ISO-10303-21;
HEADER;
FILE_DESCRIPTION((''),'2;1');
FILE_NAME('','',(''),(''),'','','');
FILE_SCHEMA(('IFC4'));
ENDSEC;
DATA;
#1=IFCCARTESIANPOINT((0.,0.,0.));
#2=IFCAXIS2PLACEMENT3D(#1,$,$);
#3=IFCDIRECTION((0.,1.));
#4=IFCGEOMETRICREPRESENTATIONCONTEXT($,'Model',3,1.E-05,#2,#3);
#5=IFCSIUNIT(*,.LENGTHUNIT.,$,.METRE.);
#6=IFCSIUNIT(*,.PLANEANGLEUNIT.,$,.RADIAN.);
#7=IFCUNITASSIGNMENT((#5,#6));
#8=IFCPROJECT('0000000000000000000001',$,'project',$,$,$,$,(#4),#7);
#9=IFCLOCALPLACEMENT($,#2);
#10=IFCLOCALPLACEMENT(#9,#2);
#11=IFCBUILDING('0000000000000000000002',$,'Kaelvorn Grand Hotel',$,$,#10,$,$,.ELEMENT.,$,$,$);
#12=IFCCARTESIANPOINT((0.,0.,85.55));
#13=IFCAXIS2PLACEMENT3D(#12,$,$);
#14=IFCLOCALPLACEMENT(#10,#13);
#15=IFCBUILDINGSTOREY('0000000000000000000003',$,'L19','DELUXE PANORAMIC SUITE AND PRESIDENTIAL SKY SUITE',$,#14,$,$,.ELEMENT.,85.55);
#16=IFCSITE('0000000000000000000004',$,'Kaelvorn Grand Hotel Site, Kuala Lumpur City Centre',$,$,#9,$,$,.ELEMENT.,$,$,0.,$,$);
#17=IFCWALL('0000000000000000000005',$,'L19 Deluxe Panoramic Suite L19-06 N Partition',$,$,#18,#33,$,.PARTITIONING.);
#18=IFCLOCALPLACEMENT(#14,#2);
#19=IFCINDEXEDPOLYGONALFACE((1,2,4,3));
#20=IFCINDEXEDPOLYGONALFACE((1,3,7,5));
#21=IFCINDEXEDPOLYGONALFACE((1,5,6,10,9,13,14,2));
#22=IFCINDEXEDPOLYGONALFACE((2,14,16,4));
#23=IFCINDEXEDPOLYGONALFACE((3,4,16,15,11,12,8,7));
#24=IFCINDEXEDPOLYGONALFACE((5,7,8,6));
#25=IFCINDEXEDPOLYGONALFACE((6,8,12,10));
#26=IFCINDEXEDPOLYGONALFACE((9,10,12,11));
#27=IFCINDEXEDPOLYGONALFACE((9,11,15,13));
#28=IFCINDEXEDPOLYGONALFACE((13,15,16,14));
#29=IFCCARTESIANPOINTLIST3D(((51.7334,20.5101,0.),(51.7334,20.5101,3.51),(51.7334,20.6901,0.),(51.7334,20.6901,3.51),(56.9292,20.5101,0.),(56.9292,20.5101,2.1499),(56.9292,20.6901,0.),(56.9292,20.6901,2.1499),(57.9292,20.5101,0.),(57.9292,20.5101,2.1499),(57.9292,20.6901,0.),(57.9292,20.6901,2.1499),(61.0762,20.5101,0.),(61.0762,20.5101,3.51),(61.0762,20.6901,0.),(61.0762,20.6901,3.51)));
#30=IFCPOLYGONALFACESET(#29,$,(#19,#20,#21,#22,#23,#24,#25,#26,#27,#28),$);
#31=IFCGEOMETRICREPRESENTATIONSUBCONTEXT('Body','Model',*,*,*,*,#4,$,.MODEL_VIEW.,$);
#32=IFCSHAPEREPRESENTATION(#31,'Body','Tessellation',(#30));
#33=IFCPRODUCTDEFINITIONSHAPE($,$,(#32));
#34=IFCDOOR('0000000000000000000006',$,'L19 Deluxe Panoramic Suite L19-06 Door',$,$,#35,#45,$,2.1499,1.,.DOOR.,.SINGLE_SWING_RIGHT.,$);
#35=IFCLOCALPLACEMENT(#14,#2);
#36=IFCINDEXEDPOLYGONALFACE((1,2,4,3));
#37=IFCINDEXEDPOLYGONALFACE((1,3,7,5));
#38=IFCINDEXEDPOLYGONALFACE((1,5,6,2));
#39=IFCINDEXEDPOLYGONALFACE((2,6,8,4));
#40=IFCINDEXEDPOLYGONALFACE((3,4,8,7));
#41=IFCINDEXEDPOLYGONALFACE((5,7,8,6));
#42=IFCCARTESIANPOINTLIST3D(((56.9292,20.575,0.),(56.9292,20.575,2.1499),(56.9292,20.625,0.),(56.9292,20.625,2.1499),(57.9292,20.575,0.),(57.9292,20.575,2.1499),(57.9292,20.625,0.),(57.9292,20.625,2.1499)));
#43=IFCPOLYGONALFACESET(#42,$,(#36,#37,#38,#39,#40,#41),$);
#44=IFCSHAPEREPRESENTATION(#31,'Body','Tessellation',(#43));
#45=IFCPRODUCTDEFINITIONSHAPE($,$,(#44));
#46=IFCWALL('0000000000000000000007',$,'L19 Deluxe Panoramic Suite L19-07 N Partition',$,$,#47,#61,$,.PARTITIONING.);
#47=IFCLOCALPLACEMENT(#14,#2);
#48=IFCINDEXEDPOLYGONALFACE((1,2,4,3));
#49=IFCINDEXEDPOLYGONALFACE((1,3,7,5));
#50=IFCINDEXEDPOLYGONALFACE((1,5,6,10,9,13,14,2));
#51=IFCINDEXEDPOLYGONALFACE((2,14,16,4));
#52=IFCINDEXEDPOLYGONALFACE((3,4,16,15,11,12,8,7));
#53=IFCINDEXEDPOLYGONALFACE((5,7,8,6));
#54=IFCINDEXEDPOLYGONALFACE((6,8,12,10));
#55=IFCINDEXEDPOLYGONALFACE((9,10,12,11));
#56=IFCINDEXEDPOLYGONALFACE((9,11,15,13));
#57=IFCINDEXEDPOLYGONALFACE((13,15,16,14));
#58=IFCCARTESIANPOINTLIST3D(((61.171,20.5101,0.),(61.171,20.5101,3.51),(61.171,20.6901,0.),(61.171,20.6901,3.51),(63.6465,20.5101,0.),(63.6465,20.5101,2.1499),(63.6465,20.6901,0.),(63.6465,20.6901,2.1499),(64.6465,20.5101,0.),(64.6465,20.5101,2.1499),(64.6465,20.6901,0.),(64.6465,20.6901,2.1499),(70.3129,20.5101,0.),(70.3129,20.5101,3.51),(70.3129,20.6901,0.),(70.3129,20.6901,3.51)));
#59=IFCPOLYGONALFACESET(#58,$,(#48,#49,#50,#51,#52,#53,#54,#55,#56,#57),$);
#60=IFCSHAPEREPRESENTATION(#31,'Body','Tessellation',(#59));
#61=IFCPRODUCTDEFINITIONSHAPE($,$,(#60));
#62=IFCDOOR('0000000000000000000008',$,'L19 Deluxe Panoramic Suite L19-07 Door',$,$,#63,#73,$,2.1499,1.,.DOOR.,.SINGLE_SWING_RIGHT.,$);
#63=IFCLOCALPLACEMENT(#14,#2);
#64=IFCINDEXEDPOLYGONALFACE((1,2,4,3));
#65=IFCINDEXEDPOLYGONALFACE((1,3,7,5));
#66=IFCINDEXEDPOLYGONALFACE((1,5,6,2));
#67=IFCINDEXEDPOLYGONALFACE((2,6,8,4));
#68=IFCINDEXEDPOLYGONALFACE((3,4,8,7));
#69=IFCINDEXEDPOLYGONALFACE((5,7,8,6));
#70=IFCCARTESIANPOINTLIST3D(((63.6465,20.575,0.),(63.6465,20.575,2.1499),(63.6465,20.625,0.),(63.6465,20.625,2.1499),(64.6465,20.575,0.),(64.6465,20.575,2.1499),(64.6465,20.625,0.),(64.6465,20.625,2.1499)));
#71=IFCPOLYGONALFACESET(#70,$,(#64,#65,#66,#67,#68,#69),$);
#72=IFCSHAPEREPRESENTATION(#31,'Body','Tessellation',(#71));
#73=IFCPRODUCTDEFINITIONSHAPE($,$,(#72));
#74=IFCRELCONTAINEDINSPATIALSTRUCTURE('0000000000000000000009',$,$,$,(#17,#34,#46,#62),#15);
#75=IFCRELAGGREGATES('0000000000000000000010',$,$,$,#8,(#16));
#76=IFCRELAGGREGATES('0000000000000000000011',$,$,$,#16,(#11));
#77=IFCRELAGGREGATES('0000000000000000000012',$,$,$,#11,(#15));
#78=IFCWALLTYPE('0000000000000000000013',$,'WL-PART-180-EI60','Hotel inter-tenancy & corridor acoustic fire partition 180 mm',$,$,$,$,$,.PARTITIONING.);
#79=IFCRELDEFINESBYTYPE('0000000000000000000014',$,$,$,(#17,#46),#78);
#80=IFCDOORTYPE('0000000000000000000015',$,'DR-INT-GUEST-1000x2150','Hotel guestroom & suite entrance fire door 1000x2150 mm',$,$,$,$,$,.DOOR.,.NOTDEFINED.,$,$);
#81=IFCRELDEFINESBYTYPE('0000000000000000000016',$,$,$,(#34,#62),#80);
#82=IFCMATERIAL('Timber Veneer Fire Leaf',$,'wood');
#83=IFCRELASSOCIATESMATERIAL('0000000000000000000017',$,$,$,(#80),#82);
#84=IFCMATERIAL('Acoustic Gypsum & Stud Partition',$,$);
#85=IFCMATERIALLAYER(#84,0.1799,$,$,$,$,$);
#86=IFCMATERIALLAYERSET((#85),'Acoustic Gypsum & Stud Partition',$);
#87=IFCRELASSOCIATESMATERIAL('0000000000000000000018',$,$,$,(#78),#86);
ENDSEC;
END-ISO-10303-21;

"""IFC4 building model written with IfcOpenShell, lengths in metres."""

from ifc_helpers import new_model, si_unit, direction, frame, frame_2d, origin, place, context, subcontext, project, spatial, rectangle, extrude, material, layer, layer_set, type_object, element, fill, save


model = new_model("IFC4")

# Units and contexts
model_context = context("Model", 3, precision=1e-05, world=origin(), true_north=direction((0.0, 1.0)))
body_context = subcontext(model_context, "Body", "Model", "MODEL_VIEW")
ifc_project = project(units=[si_unit("LENGTHUNIT", "METRE"), si_unit("PLANEANGLEUNIT", "RADIAN")], contexts=[model_context])

# Site, building, storey
site_placement = place(None, origin())
site = spatial("IfcSite", under=ifc_project, at=site_placement, Name="Kaelvorn Grand Hotel Site, Kuala Lumpur City Centre", CompositionType="ELEMENT", RefElevation=0.0)
building_placement = place(site_placement, origin())
building = spatial("IfcBuilding", under=site, at=building_placement, Name="Kaelvorn Grand Hotel", CompositionType="ELEMENT")
storey_placement = place(building_placement, frame((0.0, 0.0, 85.55)))
storey = spatial("IfcBuildingStorey", under=building, at=storey_placement, Name="L19", Description="DELUXE PANORAMIC SUITE AND PRESIDENTIAL SKY SUITE", CompositionType="ELEMENT", Elevation=85.55)

# Shared definitions
ifc_material_1 = material(Name="Acoustic Gypsum & Stud Partition")
ifc_material_2 = material(Name="Timber Veneer Fire Leaf", Category="wood")
door_type_1 = type_object("IfcDoorType", Name="DR-INT-GUEST-1000x2150", Description="Hotel guestroom & suite entrance fire door 1000x2150 mm", OperationType="NOTDEFINED", PredefinedType="DOOR", material=ifc_material_2)

# Walls, openings, doors
ifc_layer_1 = layer(ifc_material_1, 0.1799)
ifc_layer_set_1 = layer_set([ifc_layer_1], Name="Acoustic Gypsum & Stud Partition")
wall_type_1 = type_object("IfcWallType", Name="WL-PART-180-EI60", Description="Hotel inter-tenancy & corridor acoustic fire partition 180 mm", PredefinedType="PARTITIONING", material=ifc_layer_set_1)
wall_1_placement = place(storey_placement, frame((51.7334, 20.6001, 0.0), z_axis=(0.0, 0.0, 1.0), x_axis=(1.0, 0.0, 0.0)))
wall_1 = element("IfcWall", 1, at=wall_1_placement, inside=storey, type_object=wall_type_1, Name="L19 Deluxe Panoramic Suite L19-06 N Partition", PredefinedType="PARTITIONING", context=body_context, shape_type="SweptSolid", body=[
    extrude(rectangle(XDim=9.3428, YDim=0.1799, at=frame_2d((4.6714, 0.0))), origin(), (0.0, 0.0, 1.0), 3.51),
])
opening_1_placement = place(wall_1_placement, frame((5.1958, 0.0, 0.0)))
opening_1 = element("IfcOpeningElement", 2, at=opening_1_placement, cuts=wall_1, PredefinedType="OPENING", context=body_context, shape_type="SweptSolid", body=[
    extrude(rectangle(XDim=1.0, YDim=2.1499, at=frame_2d((0.5, 1.075))), frame((0.0, 0.1001, 0.0), z_axis=(0.0, -1.0, 0.0), x_axis=(1.0, 0.0, 0.0)), (0.0, 0.0, 1.0), 0.2),
])
door_1_placement = place(opening_1_placement, origin())
door_1 = element("IfcDoor", 3, at=door_1_placement, inside=storey, type_object=door_type_1, Name="L19 Deluxe Panoramic Suite L19-06 Door", OperationType="SINGLE_SWING_RIGHT", OverallHeight=2.1499, OverallWidth=1.0, PredefinedType="DOOR", context=body_context, shape_type="SweptSolid", body=[
    extrude(rectangle(XDim=1.0, YDim=2.1499, at=frame_2d((0.5, 1.075))), frame((0.0, 0.0249, 0.0), z_axis=(0.0, -1.0, 0.0), x_axis=(1.0, 0.0, 0.0)), (0.0, 0.0, 1.0), 0.05),
])
fill(opening_1, door_1)
wall_2_placement = place(storey_placement, frame((61.1711, 20.6001, 0.0), z_axis=(0.0, 0.0, 1.0), x_axis=(1.0, 0.0, 0.0)))
wall_2 = element("IfcWall", 4, at=wall_2_placement, inside=storey, type_object=wall_type_1, Name="L19 Deluxe Panoramic Suite L19-07 N Partition", PredefinedType="PARTITIONING", context=body_context, shape_type="SweptSolid", body=[
    extrude(rectangle(XDim=9.1418, YDim=0.1799, at=frame_2d((4.5708, 0.0))), origin(), (0.0, 0.0, 1.0), 3.51),
])
opening_2_placement = place(wall_2_placement, frame((2.4753, 0.0, 0.0)))
opening_2 = element("IfcOpeningElement", 5, at=opening_2_placement, cuts=wall_2, PredefinedType="OPENING", context=body_context, shape_type="SweptSolid", body=[
    extrude(rectangle(XDim=1.0, YDim=2.1499, at=frame_2d((0.5, 1.075))), frame((0.0, 0.1001, 0.0), z_axis=(0.0, -1.0, 0.0), x_axis=(1.0, 0.0, 0.0)), (0.0, 0.0, 1.0), 0.2),
])
door_2_placement = place(opening_2_placement, origin())
door_2 = element("IfcDoor", 6, at=door_2_placement, inside=storey, type_object=door_type_1, Name="L19 Deluxe Panoramic Suite L19-07 Door", OperationType="SINGLE_SWING_RIGHT", OverallHeight=2.1499, OverallWidth=1.0, PredefinedType="DOOR", context=body_context, shape_type="SweptSolid", body=[
    extrude(rectangle(XDim=1.0, YDim=2.1499, at=frame_2d((0.5, 1.075))), frame((0.0, 0.0249, 0.0), z_axis=(0.0, -1.0, 0.0), x_axis=(1.0, 0.0, 0.0)), (0.0, 0.0, 1.0), 0.05),
])
fill(opening_2, door_2)

save(model, "model.ifc")
